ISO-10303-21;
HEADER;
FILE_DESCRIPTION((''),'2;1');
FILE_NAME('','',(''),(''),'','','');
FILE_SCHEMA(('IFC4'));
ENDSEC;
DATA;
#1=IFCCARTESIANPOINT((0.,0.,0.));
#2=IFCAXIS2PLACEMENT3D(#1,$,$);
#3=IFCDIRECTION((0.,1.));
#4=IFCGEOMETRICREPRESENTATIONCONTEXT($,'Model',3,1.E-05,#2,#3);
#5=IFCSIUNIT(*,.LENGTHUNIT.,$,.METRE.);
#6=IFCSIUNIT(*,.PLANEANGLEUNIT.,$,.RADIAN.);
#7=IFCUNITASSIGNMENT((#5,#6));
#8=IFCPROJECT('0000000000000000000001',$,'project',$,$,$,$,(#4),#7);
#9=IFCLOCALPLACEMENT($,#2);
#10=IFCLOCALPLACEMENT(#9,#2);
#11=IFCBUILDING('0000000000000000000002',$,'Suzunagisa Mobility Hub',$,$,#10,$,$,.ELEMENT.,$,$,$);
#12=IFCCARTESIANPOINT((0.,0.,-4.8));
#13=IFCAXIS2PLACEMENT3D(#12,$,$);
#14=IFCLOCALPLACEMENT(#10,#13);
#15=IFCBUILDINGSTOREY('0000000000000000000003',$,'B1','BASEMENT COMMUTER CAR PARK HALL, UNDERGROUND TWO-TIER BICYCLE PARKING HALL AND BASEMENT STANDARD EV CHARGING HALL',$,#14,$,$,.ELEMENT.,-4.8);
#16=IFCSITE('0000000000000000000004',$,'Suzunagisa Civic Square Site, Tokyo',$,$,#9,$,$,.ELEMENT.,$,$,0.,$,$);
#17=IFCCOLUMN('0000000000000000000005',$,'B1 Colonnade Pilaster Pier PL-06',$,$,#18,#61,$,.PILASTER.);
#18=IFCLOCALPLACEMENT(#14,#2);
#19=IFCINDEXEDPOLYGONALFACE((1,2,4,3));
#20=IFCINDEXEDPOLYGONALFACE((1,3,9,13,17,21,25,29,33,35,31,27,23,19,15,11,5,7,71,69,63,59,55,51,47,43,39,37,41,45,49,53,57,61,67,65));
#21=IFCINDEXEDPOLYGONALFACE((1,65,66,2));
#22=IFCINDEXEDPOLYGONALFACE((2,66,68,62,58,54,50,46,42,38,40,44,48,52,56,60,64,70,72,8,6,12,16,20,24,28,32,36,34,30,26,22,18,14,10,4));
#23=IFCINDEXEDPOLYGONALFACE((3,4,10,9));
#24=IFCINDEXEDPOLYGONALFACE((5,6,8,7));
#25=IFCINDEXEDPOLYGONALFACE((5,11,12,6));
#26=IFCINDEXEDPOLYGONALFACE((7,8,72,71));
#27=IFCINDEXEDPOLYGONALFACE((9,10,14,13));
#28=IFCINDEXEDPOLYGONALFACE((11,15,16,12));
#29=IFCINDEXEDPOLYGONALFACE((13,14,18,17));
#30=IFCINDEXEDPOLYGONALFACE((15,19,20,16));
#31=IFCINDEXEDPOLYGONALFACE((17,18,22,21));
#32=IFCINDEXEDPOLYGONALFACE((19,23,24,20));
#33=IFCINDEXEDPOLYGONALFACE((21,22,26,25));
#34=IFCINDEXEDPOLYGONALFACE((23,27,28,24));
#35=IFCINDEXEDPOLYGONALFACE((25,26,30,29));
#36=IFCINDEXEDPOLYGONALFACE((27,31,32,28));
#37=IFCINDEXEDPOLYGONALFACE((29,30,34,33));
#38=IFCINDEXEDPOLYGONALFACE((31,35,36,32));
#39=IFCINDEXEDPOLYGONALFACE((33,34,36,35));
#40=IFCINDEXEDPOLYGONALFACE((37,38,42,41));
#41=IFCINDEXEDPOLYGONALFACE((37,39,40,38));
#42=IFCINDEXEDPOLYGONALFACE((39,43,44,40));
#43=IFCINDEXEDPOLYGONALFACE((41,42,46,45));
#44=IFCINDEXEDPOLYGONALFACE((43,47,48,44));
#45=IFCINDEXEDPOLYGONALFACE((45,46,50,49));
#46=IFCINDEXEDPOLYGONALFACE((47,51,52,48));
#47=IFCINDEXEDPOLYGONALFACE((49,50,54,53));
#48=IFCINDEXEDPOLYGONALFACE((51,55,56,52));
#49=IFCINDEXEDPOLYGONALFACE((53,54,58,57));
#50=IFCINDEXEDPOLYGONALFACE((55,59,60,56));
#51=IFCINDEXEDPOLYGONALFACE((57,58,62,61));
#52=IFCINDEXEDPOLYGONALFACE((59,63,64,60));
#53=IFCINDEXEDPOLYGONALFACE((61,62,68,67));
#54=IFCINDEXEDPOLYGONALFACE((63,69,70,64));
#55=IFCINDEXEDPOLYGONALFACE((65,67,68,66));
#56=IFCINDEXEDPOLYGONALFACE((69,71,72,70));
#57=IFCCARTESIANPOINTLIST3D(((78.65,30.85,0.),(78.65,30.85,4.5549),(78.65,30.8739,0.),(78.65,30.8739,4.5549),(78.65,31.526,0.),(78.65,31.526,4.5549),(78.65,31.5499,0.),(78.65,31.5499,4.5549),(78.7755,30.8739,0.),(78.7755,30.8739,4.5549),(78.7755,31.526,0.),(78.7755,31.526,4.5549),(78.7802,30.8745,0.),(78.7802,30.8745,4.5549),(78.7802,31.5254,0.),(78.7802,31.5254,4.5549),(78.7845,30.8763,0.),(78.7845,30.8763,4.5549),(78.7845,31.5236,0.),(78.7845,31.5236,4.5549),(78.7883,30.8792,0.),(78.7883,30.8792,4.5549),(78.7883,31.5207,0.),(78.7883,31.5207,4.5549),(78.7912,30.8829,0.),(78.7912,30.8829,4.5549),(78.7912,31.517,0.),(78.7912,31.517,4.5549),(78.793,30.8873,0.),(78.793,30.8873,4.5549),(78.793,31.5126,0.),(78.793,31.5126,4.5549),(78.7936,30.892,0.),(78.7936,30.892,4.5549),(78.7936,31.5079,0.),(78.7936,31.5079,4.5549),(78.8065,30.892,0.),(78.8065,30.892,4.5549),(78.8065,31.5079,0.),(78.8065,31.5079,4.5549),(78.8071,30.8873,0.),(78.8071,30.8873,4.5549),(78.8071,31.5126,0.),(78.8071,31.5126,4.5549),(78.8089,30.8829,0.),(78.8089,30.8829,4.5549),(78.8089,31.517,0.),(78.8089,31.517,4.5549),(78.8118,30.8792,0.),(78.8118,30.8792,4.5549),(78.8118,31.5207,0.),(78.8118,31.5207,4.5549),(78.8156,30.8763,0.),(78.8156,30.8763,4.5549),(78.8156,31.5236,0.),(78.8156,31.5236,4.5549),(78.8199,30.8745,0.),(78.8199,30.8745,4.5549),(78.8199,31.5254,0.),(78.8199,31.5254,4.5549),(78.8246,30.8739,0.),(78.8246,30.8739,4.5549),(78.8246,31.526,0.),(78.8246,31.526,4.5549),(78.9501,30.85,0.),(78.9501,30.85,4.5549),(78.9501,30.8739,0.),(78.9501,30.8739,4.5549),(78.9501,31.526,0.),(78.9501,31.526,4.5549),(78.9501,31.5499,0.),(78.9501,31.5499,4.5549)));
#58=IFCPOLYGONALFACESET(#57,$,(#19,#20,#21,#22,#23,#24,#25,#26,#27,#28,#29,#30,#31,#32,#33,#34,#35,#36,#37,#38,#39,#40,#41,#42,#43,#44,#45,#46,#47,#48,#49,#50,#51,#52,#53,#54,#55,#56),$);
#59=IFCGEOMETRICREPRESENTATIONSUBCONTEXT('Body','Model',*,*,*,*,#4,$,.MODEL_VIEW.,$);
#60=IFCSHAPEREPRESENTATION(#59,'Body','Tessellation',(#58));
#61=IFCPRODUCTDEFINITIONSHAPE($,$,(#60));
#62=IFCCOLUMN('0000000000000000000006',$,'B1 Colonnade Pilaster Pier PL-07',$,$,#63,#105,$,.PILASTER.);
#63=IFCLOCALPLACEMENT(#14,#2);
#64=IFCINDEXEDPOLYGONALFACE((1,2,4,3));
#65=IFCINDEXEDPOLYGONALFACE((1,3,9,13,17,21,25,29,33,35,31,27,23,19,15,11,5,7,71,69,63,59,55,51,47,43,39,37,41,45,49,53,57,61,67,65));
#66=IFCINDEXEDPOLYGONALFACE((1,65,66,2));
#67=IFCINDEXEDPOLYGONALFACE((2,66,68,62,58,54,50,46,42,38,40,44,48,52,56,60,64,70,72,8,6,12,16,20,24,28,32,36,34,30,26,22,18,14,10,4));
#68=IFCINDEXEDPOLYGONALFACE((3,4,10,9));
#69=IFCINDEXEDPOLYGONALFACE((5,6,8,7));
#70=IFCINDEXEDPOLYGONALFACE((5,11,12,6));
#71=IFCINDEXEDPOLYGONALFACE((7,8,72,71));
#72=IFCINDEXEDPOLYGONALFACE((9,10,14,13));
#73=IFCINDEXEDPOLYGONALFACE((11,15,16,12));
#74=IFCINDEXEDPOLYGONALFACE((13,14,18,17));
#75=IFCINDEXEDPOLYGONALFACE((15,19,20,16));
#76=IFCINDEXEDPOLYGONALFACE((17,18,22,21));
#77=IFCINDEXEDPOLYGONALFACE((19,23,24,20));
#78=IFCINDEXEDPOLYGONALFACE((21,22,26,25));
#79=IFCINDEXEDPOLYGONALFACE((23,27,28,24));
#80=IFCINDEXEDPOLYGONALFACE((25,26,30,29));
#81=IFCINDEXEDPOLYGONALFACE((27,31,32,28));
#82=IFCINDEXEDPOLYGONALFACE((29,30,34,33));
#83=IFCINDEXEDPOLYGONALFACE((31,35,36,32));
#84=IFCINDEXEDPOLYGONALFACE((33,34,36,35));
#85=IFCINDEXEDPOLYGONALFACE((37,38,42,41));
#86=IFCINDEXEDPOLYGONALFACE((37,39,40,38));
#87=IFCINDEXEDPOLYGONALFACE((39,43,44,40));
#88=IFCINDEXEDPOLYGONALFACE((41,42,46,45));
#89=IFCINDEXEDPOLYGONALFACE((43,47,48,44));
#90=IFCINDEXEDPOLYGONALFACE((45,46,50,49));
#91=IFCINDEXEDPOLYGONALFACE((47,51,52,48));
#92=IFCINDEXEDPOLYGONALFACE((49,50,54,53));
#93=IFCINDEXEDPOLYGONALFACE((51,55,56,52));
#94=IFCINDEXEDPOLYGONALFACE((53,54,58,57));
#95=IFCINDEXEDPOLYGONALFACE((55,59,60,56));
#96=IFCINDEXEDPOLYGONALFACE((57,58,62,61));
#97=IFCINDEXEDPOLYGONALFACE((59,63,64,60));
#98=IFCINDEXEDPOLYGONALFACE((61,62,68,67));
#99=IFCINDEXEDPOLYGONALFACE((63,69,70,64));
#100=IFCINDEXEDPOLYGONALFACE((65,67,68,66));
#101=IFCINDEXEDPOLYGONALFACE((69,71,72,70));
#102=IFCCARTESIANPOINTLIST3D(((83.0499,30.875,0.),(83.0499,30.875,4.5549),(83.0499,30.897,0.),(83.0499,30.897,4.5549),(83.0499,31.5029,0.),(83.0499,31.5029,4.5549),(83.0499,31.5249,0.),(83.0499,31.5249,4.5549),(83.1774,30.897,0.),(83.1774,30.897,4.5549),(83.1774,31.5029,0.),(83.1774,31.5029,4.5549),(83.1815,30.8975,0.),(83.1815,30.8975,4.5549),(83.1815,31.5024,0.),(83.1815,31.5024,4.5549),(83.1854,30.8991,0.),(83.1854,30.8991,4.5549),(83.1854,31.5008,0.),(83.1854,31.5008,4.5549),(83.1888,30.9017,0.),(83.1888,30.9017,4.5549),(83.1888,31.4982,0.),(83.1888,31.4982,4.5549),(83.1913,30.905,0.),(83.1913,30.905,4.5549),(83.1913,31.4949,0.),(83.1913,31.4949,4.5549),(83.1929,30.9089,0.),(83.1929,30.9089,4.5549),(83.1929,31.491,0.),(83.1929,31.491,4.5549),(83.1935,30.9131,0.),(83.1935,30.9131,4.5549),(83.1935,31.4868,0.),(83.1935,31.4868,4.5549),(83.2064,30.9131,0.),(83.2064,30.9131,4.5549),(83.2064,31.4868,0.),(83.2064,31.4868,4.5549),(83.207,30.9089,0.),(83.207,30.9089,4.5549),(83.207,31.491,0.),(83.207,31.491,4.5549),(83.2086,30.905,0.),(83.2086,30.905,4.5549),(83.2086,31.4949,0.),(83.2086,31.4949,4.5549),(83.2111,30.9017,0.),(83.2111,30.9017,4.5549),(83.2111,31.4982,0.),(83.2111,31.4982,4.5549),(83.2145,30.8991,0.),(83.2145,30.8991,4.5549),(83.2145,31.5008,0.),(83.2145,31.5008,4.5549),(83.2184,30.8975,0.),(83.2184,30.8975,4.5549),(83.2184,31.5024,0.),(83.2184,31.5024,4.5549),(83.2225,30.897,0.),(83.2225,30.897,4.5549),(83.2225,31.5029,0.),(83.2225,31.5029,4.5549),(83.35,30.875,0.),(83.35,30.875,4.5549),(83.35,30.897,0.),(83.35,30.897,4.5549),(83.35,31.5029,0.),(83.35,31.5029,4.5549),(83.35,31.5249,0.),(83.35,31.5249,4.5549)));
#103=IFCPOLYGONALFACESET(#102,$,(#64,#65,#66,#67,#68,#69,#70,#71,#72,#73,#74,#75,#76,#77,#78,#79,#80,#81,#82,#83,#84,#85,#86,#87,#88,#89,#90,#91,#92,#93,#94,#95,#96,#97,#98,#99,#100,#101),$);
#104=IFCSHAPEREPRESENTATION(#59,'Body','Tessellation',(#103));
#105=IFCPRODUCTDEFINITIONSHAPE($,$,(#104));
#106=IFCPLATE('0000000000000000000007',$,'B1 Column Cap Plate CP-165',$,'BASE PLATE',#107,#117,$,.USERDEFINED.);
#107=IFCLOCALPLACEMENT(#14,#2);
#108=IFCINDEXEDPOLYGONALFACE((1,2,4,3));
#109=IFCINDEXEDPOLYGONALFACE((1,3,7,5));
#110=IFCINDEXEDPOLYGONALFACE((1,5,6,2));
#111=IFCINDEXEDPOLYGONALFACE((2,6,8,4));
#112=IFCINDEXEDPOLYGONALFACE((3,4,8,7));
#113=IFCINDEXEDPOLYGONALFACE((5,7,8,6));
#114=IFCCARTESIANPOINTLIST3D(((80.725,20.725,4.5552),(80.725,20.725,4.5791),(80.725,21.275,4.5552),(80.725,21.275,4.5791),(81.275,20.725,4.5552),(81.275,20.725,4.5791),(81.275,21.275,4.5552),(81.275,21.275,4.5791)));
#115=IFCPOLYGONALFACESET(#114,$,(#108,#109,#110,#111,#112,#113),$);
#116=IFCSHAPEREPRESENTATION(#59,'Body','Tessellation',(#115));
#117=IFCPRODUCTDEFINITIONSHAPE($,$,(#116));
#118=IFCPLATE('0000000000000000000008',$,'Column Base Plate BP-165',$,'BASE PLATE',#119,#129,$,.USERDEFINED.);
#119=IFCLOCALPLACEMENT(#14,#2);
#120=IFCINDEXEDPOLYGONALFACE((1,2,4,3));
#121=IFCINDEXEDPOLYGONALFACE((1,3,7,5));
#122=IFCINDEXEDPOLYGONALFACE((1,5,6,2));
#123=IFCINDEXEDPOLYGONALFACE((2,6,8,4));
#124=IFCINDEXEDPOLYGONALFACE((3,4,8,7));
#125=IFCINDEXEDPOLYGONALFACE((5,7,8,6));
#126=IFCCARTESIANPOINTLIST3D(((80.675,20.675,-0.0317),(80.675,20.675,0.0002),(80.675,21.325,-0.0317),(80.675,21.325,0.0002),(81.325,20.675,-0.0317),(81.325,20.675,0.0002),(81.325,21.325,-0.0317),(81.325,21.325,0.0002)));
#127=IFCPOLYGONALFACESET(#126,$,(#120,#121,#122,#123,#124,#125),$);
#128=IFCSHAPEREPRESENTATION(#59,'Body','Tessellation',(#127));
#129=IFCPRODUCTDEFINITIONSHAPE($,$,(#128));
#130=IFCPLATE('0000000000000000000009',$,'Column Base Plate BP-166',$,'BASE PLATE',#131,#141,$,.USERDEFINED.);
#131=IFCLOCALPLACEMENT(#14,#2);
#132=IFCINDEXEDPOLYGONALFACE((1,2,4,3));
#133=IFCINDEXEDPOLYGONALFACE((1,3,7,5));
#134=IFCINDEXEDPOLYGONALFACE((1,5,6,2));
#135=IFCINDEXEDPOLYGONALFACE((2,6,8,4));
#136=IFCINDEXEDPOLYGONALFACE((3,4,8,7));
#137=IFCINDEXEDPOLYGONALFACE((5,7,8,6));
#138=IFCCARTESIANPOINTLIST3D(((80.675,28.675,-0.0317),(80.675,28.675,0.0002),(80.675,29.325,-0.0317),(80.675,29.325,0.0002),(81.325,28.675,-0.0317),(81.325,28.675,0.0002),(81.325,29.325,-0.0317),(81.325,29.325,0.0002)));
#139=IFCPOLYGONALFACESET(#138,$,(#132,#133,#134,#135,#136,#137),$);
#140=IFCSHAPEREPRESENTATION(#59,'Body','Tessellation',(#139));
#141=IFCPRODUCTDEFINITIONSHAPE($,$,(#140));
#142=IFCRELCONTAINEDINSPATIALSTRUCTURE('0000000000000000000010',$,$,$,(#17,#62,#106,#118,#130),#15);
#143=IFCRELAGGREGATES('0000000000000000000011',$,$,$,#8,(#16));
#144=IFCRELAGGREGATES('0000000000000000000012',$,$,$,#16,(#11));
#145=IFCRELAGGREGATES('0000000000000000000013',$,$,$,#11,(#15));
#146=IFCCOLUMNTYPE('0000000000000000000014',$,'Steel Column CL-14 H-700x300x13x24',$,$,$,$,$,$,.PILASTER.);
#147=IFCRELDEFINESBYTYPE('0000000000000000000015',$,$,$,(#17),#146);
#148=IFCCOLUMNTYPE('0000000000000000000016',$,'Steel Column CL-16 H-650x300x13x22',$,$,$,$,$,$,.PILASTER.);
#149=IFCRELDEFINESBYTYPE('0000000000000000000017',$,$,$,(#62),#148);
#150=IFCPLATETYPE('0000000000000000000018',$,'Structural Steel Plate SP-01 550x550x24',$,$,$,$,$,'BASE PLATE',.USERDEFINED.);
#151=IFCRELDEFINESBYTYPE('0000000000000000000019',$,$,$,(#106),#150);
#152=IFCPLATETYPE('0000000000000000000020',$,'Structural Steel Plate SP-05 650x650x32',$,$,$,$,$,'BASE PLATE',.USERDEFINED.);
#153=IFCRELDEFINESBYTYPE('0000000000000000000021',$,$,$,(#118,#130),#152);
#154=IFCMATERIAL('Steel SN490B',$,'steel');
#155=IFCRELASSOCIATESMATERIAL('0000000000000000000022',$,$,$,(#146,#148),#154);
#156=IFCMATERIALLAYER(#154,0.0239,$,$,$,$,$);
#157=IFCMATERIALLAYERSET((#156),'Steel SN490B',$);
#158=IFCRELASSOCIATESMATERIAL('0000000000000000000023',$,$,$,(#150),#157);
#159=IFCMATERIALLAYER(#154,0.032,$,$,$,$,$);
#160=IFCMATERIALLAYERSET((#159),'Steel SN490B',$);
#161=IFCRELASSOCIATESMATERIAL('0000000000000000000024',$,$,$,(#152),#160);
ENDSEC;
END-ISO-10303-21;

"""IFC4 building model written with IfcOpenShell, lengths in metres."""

from ifc_helpers import new_model, si_unit, direction, frame, origin, origin_2d, place, context, subcontext, project, spatial, rectangle, i_section, extrude, material, layer, layer_set, material_profile, profile_set, type_object, element, save


model = new_model("IFC4")

# Units and contexts
model_context = context("Model", 3, precision=1e-05, world=origin(), true_north=direction((0.0, 1.0)))
body_context = subcontext(model_context, "Body", "Model", "MODEL_VIEW")
ifc_project = project(units=[si_unit("LENGTHUNIT", "METRE"), si_unit("PLANEANGLEUNIT", "RADIAN")], contexts=[model_context])

# Site, building, storey
site_placement = place(None, origin())
site = spatial("IfcSite", under=ifc_project, at=site_placement, Name="Suzunagisa Civic Square Site, Tokyo", CompositionType="ELEMENT", RefElevation=0.0)
building_placement = place(site_placement, origin())
building = spatial("IfcBuilding", under=site, at=building_placement, Name="Suzunagisa Mobility Hub", CompositionType="ELEMENT")
storey_placement = place(building_placement, frame((0.0, 0.0, -4.8)))
storey = spatial("IfcBuildingStorey", under=building, at=storey_placement, Name="B1", Description="BASEMENT COMMUTER CAR PARK HALL, UNDERGROUND TWO-TIER BICYCLE PARKING HALL AND BASEMENT STANDARD EV CHARGING HALL", CompositionType="ELEMENT", Elevation=-4.8)

# Columns
ifc_material_1 = material(Name="Steel SN490B", Category="steel")
ifc_material_profile_1 = material_profile(ifc_material_1, i_section(OverallWidth=0.3, OverallDepth=0.7, WebThickness=0.0129, FlangeThickness=0.0239, FilletRadius=0.0181, at=origin_2d()), Name="H-700x300x13x24")
ifc_profile_set_1 = profile_set([ifc_material_profile_1], Name="Steel SN490B")
column_type_1 = type_object("IfcColumnType", Name="Steel Column CL-14 H-700x300x13x24", PredefinedType="PILASTER", material=ifc_profile_set_1)
column_1_placement = place(storey_placement, frame((78.8, 31.2, 0.0), z_axis=(0.0, 0.0, 1.0), x_axis=(1.0, 0.0, 0.0)))
element("IfcColumn", 1, at=column_1_placement, inside=storey, type_object=column_type_1, Name="B1 Colonnade Pilaster Pier PL-06", PredefinedType="PILASTER", context=body_context, shape_type="SweptSolid", body=[
    extrude(i_section(OverallWidth=0.3, OverallDepth=0.7, WebThickness=0.0129, FlangeThickness=0.0239, FilletRadius=0.0181, at=origin_2d()), origin(), (0.0, 0.0, 1.0), 4.5549),
])
ifc_material_profile_2 = material_profile(ifc_material_1, i_section(OverallWidth=0.3, OverallDepth=0.6499, WebThickness=0.0129, FlangeThickness=0.022, FilletRadius=0.0161, at=origin_2d()), Name="H-650x300x13x22")
ifc_profile_set_2 = profile_set([ifc_material_profile_2], Name="Steel SN490B")
column_type_2 = type_object("IfcColumnType", Name="Steel Column CL-16 H-650x300x13x22", PredefinedType="PILASTER", material=ifc_profile_set_2)
column_2_placement = place(storey_placement, frame((83.2, 31.2, 0.0), z_axis=(0.0, 0.0, 1.0), x_axis=(1.0, 0.0, 0.0)))
element("IfcColumn", 2, at=column_2_placement, inside=storey, type_object=column_type_2, Name="B1 Colonnade Pilaster Pier PL-07", PredefinedType="PILASTER", context=body_context, shape_type="SweptSolid", body=[
    extrude(i_section(OverallWidth=0.3, OverallDepth=0.6499, WebThickness=0.0129, FlangeThickness=0.022, FilletRadius=0.0161, at=origin_2d()), origin(), (0.0, 0.0, 1.0), 4.5549),
])

# Plates
ifc_layer_1 = layer(ifc_material_1, 0.0239)
ifc_layer_set_1 = layer_set([ifc_layer_1], Name="Steel SN490B")
plate_type_1 = type_object("IfcPlateType", Name="Structural Steel Plate SP-01 550x550x24", ElementType="BASE PLATE", PredefinedType="USERDEFINED", material=ifc_layer_set_1)
plate_placement = place(storey_placement, frame((81.0, 21.0, 4.5552), z_axis=(0.0, 0.0, 1.0), x_axis=(1.0, 0.0, 0.0)))
element("IfcPlate", 3, at=plate_placement, inside=storey, type_object=plate_type_1, Name="B1 Column Cap Plate CP-165", ObjectType="BASE PLATE", PredefinedType="USERDEFINED", context=body_context, shape_type="SweptSolid", body=[
    extrude(rectangle(XDim=0.55, YDim=0.55, at=origin_2d()), origin(), (0.0, 0.0, 1.0), 0.0239),
])
ifc_layer_2 = layer(ifc_material_1, 0.032)
ifc_layer_set_2 = layer_set([ifc_layer_2], Name="Steel SN490B")
plate_type_2 = type_object("IfcPlateType", Name="Structural Steel Plate SP-05 650x650x32", ElementType="BASE PLATE", PredefinedType="USERDEFINED", material=ifc_layer_set_2)
for number, where, z_axis, x_axis, name in (
    (4, (81.0, 21.0, -0.0317), (0.0, 0.0, 1.0), (1.0, 0.0, 0.0), "Column Base Plate BP-165"),
    (5, (81.0, 29.0, -0.0317), (0.0, 0.0, 1.0), (1.0, 0.0, 0.0), "Column Base Plate BP-166"),
):
    element("IfcPlate", number, at=place(storey_placement, frame(where, z_axis=z_axis, x_axis=x_axis)), inside=storey, type_object=plate_type_2, Name=name, ObjectType="BASE PLATE", PredefinedType="USERDEFINED", context=body_context, shape_type="SweptSolid", body=[
        extrude(rectangle(XDim=0.6499, YDim=0.6499, at=origin_2d()), origin(), (0.0, 0.0, 1.0), 0.032),
    ])

save(model, "model.ifc")
